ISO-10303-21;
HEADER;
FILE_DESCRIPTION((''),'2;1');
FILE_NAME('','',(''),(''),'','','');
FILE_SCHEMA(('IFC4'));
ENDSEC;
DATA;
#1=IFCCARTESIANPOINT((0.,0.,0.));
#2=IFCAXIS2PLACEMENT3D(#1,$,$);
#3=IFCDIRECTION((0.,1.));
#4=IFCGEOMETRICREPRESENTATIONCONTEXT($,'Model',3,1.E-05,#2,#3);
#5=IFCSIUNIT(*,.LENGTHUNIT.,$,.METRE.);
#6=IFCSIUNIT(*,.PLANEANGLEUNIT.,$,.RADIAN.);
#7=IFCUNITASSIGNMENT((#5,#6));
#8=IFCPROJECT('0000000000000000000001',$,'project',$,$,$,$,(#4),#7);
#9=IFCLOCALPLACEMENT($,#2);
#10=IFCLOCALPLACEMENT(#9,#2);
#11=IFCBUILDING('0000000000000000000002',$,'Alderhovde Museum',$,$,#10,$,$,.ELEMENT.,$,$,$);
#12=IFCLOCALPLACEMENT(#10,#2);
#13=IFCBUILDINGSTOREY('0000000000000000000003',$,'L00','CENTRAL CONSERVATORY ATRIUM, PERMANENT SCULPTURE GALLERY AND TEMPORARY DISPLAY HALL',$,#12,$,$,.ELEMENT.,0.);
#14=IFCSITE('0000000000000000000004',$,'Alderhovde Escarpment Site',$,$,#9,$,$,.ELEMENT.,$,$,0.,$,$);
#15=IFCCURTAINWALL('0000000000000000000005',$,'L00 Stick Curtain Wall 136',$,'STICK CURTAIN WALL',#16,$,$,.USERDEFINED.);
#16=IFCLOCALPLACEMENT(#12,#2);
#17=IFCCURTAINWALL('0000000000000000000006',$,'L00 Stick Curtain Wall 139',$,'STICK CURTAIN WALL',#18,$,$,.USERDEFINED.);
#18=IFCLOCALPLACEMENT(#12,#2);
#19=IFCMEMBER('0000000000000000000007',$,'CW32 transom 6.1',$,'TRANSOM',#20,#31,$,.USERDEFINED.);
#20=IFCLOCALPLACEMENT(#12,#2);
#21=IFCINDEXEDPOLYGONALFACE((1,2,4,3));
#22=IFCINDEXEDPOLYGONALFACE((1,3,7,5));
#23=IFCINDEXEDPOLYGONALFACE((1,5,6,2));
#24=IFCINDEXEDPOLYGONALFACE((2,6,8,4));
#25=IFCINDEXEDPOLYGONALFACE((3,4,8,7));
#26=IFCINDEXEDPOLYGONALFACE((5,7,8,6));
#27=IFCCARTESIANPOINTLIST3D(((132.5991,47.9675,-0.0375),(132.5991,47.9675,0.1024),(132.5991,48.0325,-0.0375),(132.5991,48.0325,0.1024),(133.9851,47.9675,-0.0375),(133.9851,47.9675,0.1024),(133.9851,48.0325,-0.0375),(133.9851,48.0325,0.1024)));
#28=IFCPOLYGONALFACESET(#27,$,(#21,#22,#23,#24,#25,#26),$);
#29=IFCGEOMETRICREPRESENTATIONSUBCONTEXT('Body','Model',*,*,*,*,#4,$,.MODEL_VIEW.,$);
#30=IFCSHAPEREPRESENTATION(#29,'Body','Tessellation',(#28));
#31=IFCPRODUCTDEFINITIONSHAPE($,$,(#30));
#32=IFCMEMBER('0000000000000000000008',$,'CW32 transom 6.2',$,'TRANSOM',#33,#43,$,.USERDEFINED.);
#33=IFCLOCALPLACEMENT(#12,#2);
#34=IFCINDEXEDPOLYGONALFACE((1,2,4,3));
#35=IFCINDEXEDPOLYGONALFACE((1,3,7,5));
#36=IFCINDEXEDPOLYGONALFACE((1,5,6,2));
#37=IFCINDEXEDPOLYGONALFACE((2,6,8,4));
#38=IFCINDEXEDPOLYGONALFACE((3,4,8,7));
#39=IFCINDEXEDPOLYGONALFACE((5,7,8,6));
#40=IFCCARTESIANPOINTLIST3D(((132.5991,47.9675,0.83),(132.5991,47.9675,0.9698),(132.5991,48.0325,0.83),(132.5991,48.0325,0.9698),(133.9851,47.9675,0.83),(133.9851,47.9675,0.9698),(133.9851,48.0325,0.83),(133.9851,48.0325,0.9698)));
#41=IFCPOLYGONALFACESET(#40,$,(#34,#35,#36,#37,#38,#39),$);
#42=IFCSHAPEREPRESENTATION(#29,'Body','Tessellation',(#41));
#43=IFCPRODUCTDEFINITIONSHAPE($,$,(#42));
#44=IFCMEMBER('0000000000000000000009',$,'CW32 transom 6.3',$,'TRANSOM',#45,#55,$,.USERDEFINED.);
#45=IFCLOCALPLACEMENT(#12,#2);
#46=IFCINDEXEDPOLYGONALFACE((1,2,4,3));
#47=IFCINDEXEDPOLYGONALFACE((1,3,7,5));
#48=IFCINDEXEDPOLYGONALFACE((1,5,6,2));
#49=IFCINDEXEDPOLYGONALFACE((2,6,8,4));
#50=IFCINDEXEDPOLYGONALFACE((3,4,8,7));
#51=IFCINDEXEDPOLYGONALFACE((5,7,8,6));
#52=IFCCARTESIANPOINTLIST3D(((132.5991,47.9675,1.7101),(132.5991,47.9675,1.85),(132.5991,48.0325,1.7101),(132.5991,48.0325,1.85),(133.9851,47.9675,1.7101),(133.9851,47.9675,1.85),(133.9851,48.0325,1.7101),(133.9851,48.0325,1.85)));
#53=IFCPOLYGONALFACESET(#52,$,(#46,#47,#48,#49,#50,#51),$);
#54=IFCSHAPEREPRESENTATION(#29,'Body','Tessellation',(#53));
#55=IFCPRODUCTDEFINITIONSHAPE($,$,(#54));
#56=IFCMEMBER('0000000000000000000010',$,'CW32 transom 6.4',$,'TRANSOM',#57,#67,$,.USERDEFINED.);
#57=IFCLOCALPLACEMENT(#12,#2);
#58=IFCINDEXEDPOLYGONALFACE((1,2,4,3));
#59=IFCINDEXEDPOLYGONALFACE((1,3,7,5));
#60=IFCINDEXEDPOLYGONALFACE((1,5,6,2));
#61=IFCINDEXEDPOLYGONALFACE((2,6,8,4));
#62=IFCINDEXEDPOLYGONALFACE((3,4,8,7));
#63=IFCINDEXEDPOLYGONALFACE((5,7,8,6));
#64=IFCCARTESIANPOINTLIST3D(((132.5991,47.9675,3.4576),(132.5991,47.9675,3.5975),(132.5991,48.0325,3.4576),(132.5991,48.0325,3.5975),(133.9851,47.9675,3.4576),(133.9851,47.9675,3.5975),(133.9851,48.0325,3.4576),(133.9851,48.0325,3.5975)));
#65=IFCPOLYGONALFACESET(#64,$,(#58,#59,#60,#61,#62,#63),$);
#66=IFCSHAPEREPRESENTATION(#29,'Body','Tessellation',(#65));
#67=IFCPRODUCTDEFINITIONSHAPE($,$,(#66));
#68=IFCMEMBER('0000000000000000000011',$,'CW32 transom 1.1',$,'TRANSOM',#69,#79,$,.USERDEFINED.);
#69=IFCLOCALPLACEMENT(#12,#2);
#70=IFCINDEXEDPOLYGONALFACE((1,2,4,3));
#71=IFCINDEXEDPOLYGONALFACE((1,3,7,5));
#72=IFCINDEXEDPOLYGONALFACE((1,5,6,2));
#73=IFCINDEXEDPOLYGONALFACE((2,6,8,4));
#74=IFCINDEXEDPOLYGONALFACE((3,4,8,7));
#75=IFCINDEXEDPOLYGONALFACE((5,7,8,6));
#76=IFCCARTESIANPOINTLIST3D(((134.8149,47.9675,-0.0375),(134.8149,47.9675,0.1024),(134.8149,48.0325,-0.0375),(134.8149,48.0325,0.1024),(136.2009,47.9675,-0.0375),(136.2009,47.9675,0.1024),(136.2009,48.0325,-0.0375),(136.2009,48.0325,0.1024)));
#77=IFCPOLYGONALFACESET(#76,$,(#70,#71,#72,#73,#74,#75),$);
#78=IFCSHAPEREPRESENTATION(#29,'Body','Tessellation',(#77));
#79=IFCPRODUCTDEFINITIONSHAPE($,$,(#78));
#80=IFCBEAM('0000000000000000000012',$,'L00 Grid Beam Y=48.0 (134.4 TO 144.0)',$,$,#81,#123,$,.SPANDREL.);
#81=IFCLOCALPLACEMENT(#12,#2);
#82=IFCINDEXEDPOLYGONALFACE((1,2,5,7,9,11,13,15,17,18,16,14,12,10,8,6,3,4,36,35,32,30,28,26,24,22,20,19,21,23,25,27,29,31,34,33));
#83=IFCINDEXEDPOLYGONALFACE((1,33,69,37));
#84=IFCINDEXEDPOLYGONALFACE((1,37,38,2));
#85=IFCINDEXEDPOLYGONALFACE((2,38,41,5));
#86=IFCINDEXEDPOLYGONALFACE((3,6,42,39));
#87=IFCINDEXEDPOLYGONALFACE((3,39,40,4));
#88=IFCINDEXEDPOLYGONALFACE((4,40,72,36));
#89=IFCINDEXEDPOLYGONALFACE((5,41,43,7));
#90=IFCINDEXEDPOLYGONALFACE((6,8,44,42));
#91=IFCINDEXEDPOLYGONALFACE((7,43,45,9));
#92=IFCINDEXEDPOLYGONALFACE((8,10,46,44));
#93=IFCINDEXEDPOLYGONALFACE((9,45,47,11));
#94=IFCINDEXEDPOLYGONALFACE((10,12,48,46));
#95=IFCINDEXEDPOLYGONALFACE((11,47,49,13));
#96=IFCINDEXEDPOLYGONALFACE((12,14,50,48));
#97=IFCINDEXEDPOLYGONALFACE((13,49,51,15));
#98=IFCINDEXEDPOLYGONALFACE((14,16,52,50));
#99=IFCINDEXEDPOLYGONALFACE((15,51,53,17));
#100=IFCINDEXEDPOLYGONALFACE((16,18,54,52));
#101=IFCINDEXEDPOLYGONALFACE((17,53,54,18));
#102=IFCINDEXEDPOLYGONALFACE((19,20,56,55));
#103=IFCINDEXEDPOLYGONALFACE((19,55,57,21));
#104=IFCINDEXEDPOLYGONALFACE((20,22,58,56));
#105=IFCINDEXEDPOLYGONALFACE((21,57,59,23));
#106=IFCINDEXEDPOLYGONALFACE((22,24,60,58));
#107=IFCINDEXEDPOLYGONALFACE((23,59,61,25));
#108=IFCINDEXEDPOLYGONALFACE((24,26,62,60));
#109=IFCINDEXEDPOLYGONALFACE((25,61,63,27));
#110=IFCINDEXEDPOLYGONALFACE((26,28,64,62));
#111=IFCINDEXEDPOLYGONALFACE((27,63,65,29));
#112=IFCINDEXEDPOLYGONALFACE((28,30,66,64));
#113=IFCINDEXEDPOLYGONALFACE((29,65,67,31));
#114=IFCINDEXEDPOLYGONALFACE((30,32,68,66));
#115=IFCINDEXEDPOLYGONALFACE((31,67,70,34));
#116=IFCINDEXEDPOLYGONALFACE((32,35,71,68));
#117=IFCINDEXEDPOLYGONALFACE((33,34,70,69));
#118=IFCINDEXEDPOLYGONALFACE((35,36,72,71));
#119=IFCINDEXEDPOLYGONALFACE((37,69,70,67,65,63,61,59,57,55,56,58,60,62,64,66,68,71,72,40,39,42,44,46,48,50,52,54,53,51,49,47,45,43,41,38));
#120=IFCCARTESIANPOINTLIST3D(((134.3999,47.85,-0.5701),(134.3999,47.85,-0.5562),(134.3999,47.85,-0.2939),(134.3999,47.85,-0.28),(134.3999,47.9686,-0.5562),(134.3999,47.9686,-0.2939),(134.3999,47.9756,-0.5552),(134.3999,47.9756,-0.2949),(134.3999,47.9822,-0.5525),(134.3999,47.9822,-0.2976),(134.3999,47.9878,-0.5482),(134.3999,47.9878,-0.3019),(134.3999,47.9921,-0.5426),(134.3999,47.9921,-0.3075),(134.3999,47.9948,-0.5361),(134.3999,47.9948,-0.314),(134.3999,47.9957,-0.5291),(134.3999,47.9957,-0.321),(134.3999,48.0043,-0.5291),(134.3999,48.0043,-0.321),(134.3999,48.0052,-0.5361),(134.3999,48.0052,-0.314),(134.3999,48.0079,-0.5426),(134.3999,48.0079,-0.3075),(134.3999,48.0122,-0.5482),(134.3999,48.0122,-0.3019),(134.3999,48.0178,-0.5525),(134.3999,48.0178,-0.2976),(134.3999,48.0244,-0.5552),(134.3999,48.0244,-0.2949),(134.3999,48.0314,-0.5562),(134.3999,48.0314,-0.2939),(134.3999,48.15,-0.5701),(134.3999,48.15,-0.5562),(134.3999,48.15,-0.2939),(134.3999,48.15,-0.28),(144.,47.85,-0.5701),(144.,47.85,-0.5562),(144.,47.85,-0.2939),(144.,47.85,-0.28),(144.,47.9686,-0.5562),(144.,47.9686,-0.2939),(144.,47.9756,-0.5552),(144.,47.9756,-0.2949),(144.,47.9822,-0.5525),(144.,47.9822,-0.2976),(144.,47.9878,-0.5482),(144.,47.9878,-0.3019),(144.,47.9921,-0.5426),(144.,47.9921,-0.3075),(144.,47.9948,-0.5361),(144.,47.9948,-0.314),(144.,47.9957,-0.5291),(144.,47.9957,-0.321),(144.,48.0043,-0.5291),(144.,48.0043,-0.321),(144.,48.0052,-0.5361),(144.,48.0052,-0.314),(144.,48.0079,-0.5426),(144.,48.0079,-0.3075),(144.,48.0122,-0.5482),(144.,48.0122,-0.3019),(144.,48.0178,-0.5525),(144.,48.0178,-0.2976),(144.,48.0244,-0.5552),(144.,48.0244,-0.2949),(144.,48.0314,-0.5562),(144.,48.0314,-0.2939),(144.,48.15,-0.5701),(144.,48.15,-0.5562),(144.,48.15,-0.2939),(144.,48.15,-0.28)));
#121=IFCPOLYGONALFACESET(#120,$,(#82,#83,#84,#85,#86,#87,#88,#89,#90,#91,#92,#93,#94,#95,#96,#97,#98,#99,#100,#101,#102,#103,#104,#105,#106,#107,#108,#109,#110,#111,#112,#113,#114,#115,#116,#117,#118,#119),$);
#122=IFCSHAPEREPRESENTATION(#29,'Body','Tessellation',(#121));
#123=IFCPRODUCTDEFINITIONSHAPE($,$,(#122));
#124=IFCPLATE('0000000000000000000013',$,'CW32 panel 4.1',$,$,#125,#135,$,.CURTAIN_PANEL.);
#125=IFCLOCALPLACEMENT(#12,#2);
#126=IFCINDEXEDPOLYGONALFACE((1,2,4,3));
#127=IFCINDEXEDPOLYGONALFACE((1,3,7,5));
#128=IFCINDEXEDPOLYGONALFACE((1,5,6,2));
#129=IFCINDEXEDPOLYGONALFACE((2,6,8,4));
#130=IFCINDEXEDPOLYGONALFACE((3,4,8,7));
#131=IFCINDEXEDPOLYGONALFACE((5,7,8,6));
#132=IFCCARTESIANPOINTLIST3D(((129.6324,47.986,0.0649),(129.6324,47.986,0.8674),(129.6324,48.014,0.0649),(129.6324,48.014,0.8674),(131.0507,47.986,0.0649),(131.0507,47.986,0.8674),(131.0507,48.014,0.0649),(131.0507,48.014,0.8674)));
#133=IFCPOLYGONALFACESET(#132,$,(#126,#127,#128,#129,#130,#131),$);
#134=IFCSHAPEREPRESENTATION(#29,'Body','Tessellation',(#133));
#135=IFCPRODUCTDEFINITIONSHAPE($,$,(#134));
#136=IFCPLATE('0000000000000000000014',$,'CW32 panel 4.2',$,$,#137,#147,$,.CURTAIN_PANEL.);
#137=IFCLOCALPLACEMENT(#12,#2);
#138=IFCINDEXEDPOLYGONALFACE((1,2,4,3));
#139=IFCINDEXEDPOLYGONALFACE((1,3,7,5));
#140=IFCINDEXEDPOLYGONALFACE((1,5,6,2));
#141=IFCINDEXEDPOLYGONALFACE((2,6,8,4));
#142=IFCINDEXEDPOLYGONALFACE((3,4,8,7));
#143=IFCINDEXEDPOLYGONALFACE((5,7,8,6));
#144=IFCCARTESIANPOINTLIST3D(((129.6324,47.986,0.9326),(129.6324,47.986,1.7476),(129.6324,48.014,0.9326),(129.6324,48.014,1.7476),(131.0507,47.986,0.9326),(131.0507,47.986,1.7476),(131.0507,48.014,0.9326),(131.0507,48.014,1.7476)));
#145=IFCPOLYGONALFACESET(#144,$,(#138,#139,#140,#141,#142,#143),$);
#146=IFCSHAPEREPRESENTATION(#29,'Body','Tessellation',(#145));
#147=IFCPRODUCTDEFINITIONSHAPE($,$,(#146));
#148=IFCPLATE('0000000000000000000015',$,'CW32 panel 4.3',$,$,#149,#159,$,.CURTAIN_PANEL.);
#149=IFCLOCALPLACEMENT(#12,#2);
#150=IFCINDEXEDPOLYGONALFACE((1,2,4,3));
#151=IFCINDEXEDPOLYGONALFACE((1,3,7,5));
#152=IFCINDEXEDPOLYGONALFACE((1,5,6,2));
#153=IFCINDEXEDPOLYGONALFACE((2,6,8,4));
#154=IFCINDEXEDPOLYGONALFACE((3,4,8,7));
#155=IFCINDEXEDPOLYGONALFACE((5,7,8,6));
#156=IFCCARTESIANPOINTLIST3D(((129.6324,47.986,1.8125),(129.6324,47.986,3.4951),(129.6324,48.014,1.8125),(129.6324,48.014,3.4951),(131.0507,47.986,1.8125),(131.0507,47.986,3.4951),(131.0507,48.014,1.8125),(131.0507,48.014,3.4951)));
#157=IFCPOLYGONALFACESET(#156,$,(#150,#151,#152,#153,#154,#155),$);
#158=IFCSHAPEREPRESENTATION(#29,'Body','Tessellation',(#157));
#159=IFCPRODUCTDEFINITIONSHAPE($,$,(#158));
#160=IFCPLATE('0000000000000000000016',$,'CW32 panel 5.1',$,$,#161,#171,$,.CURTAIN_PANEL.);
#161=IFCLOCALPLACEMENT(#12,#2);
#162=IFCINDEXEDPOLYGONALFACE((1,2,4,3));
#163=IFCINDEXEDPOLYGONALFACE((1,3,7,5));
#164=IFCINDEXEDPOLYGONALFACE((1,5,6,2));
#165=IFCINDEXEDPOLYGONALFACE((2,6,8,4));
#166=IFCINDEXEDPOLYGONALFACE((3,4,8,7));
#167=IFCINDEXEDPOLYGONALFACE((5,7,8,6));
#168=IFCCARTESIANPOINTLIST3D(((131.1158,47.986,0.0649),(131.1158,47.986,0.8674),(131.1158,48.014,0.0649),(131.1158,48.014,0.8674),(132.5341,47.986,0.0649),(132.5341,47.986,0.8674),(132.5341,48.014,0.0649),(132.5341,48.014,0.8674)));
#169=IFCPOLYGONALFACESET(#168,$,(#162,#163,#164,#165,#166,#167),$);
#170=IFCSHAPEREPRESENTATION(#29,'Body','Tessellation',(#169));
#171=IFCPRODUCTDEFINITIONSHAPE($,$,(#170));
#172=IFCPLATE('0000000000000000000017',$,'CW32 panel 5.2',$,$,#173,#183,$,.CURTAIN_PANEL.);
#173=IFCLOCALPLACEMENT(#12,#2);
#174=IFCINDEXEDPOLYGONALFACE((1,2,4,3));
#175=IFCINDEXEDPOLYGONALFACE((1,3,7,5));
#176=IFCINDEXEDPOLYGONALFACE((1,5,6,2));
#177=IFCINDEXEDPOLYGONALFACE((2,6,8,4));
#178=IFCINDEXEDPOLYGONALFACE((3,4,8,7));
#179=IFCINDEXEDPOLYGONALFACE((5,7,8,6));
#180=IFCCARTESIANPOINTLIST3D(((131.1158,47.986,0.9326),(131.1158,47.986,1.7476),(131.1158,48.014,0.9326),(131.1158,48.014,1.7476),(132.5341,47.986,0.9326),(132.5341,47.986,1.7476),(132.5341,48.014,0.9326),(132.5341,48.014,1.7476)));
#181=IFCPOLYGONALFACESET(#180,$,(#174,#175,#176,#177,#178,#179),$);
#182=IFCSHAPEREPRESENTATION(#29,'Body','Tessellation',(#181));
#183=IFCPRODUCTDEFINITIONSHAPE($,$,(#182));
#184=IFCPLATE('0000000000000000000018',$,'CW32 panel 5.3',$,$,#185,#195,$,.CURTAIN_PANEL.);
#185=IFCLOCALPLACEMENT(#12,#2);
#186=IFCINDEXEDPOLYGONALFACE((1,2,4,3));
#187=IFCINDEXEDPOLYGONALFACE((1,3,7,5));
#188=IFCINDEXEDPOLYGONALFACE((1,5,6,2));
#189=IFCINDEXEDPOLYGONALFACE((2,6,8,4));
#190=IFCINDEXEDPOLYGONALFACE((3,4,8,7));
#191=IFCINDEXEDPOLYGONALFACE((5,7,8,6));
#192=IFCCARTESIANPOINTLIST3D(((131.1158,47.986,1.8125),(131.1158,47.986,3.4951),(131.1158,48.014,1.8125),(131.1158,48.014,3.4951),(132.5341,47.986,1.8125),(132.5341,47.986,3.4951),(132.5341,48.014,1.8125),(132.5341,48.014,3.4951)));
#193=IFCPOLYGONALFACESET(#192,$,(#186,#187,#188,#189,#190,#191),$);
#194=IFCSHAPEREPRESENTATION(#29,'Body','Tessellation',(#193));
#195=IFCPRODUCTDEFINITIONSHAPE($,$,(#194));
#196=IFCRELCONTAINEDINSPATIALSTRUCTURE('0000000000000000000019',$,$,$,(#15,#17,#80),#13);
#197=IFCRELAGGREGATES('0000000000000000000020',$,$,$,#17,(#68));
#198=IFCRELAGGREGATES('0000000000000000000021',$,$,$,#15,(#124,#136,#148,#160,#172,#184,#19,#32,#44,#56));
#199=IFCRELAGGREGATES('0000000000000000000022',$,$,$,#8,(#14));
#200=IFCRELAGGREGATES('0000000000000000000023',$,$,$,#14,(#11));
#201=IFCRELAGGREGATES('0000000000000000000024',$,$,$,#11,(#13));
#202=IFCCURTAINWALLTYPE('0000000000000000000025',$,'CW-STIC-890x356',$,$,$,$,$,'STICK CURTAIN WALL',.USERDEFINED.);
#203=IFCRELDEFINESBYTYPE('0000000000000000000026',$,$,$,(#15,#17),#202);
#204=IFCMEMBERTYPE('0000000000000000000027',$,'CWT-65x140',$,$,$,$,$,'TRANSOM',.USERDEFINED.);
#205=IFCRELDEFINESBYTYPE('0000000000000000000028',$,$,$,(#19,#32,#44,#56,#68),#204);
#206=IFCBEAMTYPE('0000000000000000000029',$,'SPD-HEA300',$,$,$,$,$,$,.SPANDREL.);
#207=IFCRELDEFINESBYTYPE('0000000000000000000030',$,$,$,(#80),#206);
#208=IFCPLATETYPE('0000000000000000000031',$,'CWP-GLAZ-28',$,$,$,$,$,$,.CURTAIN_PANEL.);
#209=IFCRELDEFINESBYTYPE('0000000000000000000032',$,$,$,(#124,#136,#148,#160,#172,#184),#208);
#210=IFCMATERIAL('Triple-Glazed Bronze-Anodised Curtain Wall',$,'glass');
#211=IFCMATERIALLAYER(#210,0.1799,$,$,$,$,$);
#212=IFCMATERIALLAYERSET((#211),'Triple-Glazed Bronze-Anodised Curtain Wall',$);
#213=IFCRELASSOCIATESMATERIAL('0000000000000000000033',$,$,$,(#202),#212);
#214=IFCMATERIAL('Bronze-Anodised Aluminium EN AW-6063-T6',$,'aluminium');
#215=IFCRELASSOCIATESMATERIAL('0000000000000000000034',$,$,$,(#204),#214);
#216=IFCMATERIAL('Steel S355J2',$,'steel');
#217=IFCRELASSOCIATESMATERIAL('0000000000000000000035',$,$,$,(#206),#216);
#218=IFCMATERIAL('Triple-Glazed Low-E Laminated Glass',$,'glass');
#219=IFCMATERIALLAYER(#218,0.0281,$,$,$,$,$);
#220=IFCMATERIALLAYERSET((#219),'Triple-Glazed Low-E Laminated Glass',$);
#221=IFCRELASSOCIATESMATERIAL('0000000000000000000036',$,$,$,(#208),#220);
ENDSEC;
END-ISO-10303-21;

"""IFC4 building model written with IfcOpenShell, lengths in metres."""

from ifc_helpers import new_model, si_unit, direction, frame, origin, origin_2d, place, context, subcontext, project, spatial, rectangle, i_section, extrude, material, layer, layer_set, material_profile, profile_set, type_object, element, aggregate, save


model = new_model("IFC4")

# Units and contexts
model_context = context("Model", 3, precision=1e-05, world=origin(), true_north=direction((0.0, 1.0)))
body_context = subcontext(model_context, "Body", "Model", "MODEL_VIEW")
ifc_project = project(units=[si_unit("LENGTHUNIT", "METRE"), si_unit("PLANEANGLEUNIT", "RADIAN")], contexts=[model_context])

# Site, building, storey
site_placement = place(None, origin())
site = spatial("IfcSite", under=ifc_project, at=site_placement, Name="Alderhovde Escarpment Site", CompositionType="ELEMENT", RefElevation=0.0)
building_placement = place(site_placement, origin())
building = spatial("IfcBuilding", under=site, at=building_placement, Name="Alderhovde Museum", CompositionType="ELEMENT")
storey_placement = place(building_placement, origin())
storey = spatial("IfcBuildingStorey", under=building, at=storey_placement, Name="L00", Description="CENTRAL CONSERVATORY ATRIUM, PERMANENT SCULPTURE GALLERY AND TEMPORARY DISPLAY HALL", CompositionType="ELEMENT", Elevation=0.0)

# Curtain wall
ifc_material_1 = material(Name="Triple-Glazed Bronze-Anodised Curtain Wall", Category="glass")
ifc_layer_1 = layer(ifc_material_1, 0.1799)
ifc_layer_set_1 = layer_set([ifc_layer_1], Name="Triple-Glazed Bronze-Anodised Curtain Wall")
curtain_wall_type = type_object("IfcCurtainWallType", Name="CW-STIC-890x356", ElementType="STICK CURTAIN WALL", PredefinedType="USERDEFINED", material=ifc_layer_set_1)
curtain_wall_1_placement = place(storey_placement, origin())
curtain_wall_1 = element("IfcCurtainWall", 1, at=curtain_wall_1_placement, inside=storey, type_object=curtain_wall_type, Name="L00 Stick Curtain Wall 136", ObjectType="STICK CURTAIN WALL", PredefinedType="USERDEFINED")

# Curtain wall
curtain_wall_2_placement = place(storey_placement, origin())
curtain_wall_2 = element("IfcCurtainWall", 2, at=curtain_wall_2_placement, inside=storey, type_object=curtain_wall_type, Name="L00 Stick Curtain Wall 139", ObjectType="STICK CURTAIN WALL", PredefinedType="USERDEFINED")

# Members
ifc_material_2 = material(Name="Bronze-Anodised Aluminium EN AW-6063-T6", Category="aluminium")
ifc_material_profile_1 = material_profile(ifc_material_2, rectangle(XDim=0.0649, YDim=0.1399, at=origin_2d()), Name="TRANSOM 65x140")
ifc_profile_set_1 = profile_set([ifc_material_profile_1], Name="Bronze-Anodised Aluminium EN AW-6063-T6")
member_type_1 = type_object("IfcMemberType", Name="CWT-65x140", ElementType="TRANSOM", PredefinedType="USERDEFINED", material=ifc_profile_set_1)
member_1_placement = place(storey_placement, frame((132.5991, 48.0, 0.0325), z_axis=(1.0, 0.0, 0.0), x_axis=(0.0, 1.0, 0.0)))
member_1 = element("IfcMember", 3, at=member_1_placement, type_object=member_type_1, Name="CW32 transom 6.1", ObjectType="TRANSOM", PredefinedType="USERDEFINED", context=body_context, shape_type="SweptSolid", body=[
    extrude(rectangle(XDim=0.0649, YDim=0.1399, at=origin_2d()), origin(), (0.0, 0.0, 1.0), 1.386),
])
member_2_placement = place(storey_placement, frame((132.5991, 48.0, 0.8999), z_axis=(1.0, 0.0, 0.0), x_axis=(0.0, 1.0, 0.0)))
member_2 = element("IfcMember", 4, at=member_2_placement, type_object=member_type_1, Name="CW32 transom 6.2", ObjectType="TRANSOM", PredefinedType="USERDEFINED", context=body_context, shape_type="SweptSolid", body=[
    extrude(rectangle(XDim=0.0649, YDim=0.1399, at=origin_2d()), origin(), (0.0, 0.0, 1.0), 1.386),
])
member_3_placement = place(storey_placement, frame((132.5991, 48.0, 1.78), z_axis=(1.0, 0.0, 0.0), x_axis=(0.0, 1.0, 0.0)))
member_3 = element("IfcMember", 5, at=member_3_placement, type_object=member_type_1, Name="CW32 transom 6.3", ObjectType="TRANSOM", PredefinedType="USERDEFINED", context=body_context, shape_type="SweptSolid", body=[
    extrude(rectangle(XDim=0.0649, YDim=0.1399, at=origin_2d()), origin(), (0.0, 0.0, 1.0), 1.386),
])
member_4_placement = place(storey_placement, frame((132.5991, 48.0, 3.5276), z_axis=(1.0, 0.0, 0.0), x_axis=(0.0, 1.0, 0.0)))
member_4 = element("IfcMember", 6, at=member_4_placement, type_object=member_type_1, Name="CW32 transom 6.4", ObjectType="TRANSOM", PredefinedType="USERDEFINED", context=body_context, shape_type="SweptSolid", body=[
    extrude(rectangle(XDim=0.0649, YDim=0.1399, at=origin_2d()), origin(), (0.0, 0.0, 1.0), 1.386),
])
member_5_placement = place(storey_placement, frame((134.8149, 48.0, 0.0325), z_axis=(1.0, 0.0, 0.0), x_axis=(0.0, 1.0, 0.0)))
member_5 = element("IfcMember", 7, at=member_5_placement, type_object=member_type_1, Name="CW32 transom 1.1", ObjectType="TRANSOM", PredefinedType="USERDEFINED", context=body_context, shape_type="SweptSolid", body=[
    extrude(rectangle(XDim=0.0649, YDim=0.1399, at=origin_2d()), origin(), (0.0, 0.0, 1.0), 1.386),
])
aggregate(curtain_wall_2, [member_5])

# Beam
ifc_material_3 = material(Name="Steel S355J2", Category="steel")
ifc_material_profile_2 = material_profile(ifc_material_3, i_section(OverallWidth=0.3, OverallDepth=0.29, WebThickness=0.0085, FlangeThickness=0.0139, FilletRadius=0.0271, at=origin_2d()), Name="HEA 300")
ifc_profile_set_2 = profile_set([ifc_material_profile_2], Name="Steel S355J2")
beam_type = type_object("IfcBeamType", Name="SPD-HEA300", PredefinedType="SPANDREL", material=ifc_profile_set_2)
beam_placement = place(storey_placement, frame((134.3999, 48.0, -0.425), z_axis=(1.0, 0.0, 0.0), x_axis=(0.0, 1.0, 0.0)))
element("IfcBeam", 8, at=beam_placement, inside=storey, type_object=beam_type, Name="L00 Grid Beam Y=48.0 (134.4 TO 144.0)", PredefinedType="SPANDREL", context=body_context, shape_type="SweptSolid", body=[
    extrude(i_section(OverallWidth=0.3, OverallDepth=0.29, WebThickness=0.0085, FlangeThickness=0.0139, FilletRadius=0.0271, at=origin_2d()), origin(), (0.0, 0.0, 1.0), 9.6001),
])

# Plates
ifc_material_4 = material(Name="Triple-Glazed Low-E Laminated Glass", Category="glass")
ifc_layer_2 = layer(ifc_material_4, 0.0281)
ifc_layer_set_2 = layer_set([ifc_layer_2], Name="Triple-Glazed Low-E Laminated Glass")
plate_type = type_object("IfcPlateType", Name="CWP-GLAZ-28", PredefinedType="CURTAIN_PANEL", material=ifc_layer_set_2)
plate_1_placement = place(storey_placement, frame((130.3416, 48.0, 0.0649), z_axis=(0.0, 0.0, 1.0), x_axis=(1.0, 0.0, 0.0)))
plate_1 = element("IfcPlate", 9, at=plate_1_placement, type_object=plate_type, Name="CW32 panel 4.1", PredefinedType="CURTAIN_PANEL", context=body_context, shape_type="SweptSolid", body=[
    extrude(rectangle(XDim=1.4182, YDim=0.0281, at=origin_2d()), origin(), (0.0, 0.0, 1.0), 0.8025),
])
plate_2_placement = place(storey_placement, frame((130.3416, 48.0, 0.9326), z_axis=(0.0, 0.0, 1.0), x_axis=(1.0, 0.0, 0.0)))
plate_2 = element("IfcPlate", 10, at=plate_2_placement, type_object=plate_type, Name="CW32 panel 4.2", PredefinedType="CURTAIN_PANEL", context=body_context, shape_type="SweptSolid", body=[
    extrude(rectangle(XDim=1.4182, YDim=0.0281, at=origin_2d()), origin(), (0.0, 0.0, 1.0), 0.8149),
])
plate_3_placement = place(storey_placement, frame((130.3416, 48.0, 1.8125), z_axis=(0.0, 0.0, 1.0), x_axis=(1.0, 0.0, 0.0)))
plate_3 = element("IfcPlate", 11, at=plate_3_placement, type_object=plate_type, Name="CW32 panel 4.3", PredefinedType="CURTAIN_PANEL", context=body_context, shape_type="SweptSolid", body=[
    extrude(rectangle(XDim=1.4182, YDim=0.0281, at=origin_2d()), origin(), (0.0, 0.0, 1.0), 1.6826),
])
plate_4_placement = place(storey_placement, frame((131.825, 48.0, 0.0649), z_axis=(0.0, 0.0, 1.0), x_axis=(1.0, 0.0, 0.0)))
plate_4 = element("IfcPlate", 12, at=plate_4_placement, type_object=plate_type, Name="CW32 panel 5.1", PredefinedType="CURTAIN_PANEL", context=body_context, shape_type="SweptSolid", body=[
    extrude(rectangle(XDim=1.4182, YDim=0.0281, at=origin_2d()), origin(), (0.0, 0.0, 1.0), 0.8025),
])
plate_5_placement = place(storey_placement, frame((131.825, 48.0, 0.9326), z_axis=(0.0, 0.0, 1.0), x_axis=(1.0, 0.0, 0.0)))
plate_5 = element("IfcPlate", 13, at=plate_5_placement, type_object=plate_type, Name="CW32 panel 5.2", PredefinedType="CURTAIN_PANEL", context=body_context, shape_type="SweptSolid", body=[
    extrude(rectangle(XDim=1.4182, YDim=0.0281, at=origin_2d()), origin(), (0.0, 0.0, 1.0), 0.8149),
])
plate_6_placement = place(storey_placement, frame((131.825, 48.0, 1.8125), z_axis=(0.0, 0.0, 1.0), x_axis=(1.0, 0.0, 0.0)))
plate_6 = element("IfcPlate", 14, at=plate_6_placement, type_object=plate_type, Name="CW32 panel 5.3", PredefinedType="CURTAIN_PANEL", context=body_context, shape_type="SweptSolid", body=[
    extrude(rectangle(XDim=1.4182, YDim=0.0281, at=origin_2d()), origin(), (0.0, 0.0, 1.0), 1.6826),
])
aggregate(curtain_wall_1, [plate_1, plate_2, plate_3, plate_4, plate_5, plate_6, member_1, member_2, member_3, member_4])

save(model, "model.ifc")
